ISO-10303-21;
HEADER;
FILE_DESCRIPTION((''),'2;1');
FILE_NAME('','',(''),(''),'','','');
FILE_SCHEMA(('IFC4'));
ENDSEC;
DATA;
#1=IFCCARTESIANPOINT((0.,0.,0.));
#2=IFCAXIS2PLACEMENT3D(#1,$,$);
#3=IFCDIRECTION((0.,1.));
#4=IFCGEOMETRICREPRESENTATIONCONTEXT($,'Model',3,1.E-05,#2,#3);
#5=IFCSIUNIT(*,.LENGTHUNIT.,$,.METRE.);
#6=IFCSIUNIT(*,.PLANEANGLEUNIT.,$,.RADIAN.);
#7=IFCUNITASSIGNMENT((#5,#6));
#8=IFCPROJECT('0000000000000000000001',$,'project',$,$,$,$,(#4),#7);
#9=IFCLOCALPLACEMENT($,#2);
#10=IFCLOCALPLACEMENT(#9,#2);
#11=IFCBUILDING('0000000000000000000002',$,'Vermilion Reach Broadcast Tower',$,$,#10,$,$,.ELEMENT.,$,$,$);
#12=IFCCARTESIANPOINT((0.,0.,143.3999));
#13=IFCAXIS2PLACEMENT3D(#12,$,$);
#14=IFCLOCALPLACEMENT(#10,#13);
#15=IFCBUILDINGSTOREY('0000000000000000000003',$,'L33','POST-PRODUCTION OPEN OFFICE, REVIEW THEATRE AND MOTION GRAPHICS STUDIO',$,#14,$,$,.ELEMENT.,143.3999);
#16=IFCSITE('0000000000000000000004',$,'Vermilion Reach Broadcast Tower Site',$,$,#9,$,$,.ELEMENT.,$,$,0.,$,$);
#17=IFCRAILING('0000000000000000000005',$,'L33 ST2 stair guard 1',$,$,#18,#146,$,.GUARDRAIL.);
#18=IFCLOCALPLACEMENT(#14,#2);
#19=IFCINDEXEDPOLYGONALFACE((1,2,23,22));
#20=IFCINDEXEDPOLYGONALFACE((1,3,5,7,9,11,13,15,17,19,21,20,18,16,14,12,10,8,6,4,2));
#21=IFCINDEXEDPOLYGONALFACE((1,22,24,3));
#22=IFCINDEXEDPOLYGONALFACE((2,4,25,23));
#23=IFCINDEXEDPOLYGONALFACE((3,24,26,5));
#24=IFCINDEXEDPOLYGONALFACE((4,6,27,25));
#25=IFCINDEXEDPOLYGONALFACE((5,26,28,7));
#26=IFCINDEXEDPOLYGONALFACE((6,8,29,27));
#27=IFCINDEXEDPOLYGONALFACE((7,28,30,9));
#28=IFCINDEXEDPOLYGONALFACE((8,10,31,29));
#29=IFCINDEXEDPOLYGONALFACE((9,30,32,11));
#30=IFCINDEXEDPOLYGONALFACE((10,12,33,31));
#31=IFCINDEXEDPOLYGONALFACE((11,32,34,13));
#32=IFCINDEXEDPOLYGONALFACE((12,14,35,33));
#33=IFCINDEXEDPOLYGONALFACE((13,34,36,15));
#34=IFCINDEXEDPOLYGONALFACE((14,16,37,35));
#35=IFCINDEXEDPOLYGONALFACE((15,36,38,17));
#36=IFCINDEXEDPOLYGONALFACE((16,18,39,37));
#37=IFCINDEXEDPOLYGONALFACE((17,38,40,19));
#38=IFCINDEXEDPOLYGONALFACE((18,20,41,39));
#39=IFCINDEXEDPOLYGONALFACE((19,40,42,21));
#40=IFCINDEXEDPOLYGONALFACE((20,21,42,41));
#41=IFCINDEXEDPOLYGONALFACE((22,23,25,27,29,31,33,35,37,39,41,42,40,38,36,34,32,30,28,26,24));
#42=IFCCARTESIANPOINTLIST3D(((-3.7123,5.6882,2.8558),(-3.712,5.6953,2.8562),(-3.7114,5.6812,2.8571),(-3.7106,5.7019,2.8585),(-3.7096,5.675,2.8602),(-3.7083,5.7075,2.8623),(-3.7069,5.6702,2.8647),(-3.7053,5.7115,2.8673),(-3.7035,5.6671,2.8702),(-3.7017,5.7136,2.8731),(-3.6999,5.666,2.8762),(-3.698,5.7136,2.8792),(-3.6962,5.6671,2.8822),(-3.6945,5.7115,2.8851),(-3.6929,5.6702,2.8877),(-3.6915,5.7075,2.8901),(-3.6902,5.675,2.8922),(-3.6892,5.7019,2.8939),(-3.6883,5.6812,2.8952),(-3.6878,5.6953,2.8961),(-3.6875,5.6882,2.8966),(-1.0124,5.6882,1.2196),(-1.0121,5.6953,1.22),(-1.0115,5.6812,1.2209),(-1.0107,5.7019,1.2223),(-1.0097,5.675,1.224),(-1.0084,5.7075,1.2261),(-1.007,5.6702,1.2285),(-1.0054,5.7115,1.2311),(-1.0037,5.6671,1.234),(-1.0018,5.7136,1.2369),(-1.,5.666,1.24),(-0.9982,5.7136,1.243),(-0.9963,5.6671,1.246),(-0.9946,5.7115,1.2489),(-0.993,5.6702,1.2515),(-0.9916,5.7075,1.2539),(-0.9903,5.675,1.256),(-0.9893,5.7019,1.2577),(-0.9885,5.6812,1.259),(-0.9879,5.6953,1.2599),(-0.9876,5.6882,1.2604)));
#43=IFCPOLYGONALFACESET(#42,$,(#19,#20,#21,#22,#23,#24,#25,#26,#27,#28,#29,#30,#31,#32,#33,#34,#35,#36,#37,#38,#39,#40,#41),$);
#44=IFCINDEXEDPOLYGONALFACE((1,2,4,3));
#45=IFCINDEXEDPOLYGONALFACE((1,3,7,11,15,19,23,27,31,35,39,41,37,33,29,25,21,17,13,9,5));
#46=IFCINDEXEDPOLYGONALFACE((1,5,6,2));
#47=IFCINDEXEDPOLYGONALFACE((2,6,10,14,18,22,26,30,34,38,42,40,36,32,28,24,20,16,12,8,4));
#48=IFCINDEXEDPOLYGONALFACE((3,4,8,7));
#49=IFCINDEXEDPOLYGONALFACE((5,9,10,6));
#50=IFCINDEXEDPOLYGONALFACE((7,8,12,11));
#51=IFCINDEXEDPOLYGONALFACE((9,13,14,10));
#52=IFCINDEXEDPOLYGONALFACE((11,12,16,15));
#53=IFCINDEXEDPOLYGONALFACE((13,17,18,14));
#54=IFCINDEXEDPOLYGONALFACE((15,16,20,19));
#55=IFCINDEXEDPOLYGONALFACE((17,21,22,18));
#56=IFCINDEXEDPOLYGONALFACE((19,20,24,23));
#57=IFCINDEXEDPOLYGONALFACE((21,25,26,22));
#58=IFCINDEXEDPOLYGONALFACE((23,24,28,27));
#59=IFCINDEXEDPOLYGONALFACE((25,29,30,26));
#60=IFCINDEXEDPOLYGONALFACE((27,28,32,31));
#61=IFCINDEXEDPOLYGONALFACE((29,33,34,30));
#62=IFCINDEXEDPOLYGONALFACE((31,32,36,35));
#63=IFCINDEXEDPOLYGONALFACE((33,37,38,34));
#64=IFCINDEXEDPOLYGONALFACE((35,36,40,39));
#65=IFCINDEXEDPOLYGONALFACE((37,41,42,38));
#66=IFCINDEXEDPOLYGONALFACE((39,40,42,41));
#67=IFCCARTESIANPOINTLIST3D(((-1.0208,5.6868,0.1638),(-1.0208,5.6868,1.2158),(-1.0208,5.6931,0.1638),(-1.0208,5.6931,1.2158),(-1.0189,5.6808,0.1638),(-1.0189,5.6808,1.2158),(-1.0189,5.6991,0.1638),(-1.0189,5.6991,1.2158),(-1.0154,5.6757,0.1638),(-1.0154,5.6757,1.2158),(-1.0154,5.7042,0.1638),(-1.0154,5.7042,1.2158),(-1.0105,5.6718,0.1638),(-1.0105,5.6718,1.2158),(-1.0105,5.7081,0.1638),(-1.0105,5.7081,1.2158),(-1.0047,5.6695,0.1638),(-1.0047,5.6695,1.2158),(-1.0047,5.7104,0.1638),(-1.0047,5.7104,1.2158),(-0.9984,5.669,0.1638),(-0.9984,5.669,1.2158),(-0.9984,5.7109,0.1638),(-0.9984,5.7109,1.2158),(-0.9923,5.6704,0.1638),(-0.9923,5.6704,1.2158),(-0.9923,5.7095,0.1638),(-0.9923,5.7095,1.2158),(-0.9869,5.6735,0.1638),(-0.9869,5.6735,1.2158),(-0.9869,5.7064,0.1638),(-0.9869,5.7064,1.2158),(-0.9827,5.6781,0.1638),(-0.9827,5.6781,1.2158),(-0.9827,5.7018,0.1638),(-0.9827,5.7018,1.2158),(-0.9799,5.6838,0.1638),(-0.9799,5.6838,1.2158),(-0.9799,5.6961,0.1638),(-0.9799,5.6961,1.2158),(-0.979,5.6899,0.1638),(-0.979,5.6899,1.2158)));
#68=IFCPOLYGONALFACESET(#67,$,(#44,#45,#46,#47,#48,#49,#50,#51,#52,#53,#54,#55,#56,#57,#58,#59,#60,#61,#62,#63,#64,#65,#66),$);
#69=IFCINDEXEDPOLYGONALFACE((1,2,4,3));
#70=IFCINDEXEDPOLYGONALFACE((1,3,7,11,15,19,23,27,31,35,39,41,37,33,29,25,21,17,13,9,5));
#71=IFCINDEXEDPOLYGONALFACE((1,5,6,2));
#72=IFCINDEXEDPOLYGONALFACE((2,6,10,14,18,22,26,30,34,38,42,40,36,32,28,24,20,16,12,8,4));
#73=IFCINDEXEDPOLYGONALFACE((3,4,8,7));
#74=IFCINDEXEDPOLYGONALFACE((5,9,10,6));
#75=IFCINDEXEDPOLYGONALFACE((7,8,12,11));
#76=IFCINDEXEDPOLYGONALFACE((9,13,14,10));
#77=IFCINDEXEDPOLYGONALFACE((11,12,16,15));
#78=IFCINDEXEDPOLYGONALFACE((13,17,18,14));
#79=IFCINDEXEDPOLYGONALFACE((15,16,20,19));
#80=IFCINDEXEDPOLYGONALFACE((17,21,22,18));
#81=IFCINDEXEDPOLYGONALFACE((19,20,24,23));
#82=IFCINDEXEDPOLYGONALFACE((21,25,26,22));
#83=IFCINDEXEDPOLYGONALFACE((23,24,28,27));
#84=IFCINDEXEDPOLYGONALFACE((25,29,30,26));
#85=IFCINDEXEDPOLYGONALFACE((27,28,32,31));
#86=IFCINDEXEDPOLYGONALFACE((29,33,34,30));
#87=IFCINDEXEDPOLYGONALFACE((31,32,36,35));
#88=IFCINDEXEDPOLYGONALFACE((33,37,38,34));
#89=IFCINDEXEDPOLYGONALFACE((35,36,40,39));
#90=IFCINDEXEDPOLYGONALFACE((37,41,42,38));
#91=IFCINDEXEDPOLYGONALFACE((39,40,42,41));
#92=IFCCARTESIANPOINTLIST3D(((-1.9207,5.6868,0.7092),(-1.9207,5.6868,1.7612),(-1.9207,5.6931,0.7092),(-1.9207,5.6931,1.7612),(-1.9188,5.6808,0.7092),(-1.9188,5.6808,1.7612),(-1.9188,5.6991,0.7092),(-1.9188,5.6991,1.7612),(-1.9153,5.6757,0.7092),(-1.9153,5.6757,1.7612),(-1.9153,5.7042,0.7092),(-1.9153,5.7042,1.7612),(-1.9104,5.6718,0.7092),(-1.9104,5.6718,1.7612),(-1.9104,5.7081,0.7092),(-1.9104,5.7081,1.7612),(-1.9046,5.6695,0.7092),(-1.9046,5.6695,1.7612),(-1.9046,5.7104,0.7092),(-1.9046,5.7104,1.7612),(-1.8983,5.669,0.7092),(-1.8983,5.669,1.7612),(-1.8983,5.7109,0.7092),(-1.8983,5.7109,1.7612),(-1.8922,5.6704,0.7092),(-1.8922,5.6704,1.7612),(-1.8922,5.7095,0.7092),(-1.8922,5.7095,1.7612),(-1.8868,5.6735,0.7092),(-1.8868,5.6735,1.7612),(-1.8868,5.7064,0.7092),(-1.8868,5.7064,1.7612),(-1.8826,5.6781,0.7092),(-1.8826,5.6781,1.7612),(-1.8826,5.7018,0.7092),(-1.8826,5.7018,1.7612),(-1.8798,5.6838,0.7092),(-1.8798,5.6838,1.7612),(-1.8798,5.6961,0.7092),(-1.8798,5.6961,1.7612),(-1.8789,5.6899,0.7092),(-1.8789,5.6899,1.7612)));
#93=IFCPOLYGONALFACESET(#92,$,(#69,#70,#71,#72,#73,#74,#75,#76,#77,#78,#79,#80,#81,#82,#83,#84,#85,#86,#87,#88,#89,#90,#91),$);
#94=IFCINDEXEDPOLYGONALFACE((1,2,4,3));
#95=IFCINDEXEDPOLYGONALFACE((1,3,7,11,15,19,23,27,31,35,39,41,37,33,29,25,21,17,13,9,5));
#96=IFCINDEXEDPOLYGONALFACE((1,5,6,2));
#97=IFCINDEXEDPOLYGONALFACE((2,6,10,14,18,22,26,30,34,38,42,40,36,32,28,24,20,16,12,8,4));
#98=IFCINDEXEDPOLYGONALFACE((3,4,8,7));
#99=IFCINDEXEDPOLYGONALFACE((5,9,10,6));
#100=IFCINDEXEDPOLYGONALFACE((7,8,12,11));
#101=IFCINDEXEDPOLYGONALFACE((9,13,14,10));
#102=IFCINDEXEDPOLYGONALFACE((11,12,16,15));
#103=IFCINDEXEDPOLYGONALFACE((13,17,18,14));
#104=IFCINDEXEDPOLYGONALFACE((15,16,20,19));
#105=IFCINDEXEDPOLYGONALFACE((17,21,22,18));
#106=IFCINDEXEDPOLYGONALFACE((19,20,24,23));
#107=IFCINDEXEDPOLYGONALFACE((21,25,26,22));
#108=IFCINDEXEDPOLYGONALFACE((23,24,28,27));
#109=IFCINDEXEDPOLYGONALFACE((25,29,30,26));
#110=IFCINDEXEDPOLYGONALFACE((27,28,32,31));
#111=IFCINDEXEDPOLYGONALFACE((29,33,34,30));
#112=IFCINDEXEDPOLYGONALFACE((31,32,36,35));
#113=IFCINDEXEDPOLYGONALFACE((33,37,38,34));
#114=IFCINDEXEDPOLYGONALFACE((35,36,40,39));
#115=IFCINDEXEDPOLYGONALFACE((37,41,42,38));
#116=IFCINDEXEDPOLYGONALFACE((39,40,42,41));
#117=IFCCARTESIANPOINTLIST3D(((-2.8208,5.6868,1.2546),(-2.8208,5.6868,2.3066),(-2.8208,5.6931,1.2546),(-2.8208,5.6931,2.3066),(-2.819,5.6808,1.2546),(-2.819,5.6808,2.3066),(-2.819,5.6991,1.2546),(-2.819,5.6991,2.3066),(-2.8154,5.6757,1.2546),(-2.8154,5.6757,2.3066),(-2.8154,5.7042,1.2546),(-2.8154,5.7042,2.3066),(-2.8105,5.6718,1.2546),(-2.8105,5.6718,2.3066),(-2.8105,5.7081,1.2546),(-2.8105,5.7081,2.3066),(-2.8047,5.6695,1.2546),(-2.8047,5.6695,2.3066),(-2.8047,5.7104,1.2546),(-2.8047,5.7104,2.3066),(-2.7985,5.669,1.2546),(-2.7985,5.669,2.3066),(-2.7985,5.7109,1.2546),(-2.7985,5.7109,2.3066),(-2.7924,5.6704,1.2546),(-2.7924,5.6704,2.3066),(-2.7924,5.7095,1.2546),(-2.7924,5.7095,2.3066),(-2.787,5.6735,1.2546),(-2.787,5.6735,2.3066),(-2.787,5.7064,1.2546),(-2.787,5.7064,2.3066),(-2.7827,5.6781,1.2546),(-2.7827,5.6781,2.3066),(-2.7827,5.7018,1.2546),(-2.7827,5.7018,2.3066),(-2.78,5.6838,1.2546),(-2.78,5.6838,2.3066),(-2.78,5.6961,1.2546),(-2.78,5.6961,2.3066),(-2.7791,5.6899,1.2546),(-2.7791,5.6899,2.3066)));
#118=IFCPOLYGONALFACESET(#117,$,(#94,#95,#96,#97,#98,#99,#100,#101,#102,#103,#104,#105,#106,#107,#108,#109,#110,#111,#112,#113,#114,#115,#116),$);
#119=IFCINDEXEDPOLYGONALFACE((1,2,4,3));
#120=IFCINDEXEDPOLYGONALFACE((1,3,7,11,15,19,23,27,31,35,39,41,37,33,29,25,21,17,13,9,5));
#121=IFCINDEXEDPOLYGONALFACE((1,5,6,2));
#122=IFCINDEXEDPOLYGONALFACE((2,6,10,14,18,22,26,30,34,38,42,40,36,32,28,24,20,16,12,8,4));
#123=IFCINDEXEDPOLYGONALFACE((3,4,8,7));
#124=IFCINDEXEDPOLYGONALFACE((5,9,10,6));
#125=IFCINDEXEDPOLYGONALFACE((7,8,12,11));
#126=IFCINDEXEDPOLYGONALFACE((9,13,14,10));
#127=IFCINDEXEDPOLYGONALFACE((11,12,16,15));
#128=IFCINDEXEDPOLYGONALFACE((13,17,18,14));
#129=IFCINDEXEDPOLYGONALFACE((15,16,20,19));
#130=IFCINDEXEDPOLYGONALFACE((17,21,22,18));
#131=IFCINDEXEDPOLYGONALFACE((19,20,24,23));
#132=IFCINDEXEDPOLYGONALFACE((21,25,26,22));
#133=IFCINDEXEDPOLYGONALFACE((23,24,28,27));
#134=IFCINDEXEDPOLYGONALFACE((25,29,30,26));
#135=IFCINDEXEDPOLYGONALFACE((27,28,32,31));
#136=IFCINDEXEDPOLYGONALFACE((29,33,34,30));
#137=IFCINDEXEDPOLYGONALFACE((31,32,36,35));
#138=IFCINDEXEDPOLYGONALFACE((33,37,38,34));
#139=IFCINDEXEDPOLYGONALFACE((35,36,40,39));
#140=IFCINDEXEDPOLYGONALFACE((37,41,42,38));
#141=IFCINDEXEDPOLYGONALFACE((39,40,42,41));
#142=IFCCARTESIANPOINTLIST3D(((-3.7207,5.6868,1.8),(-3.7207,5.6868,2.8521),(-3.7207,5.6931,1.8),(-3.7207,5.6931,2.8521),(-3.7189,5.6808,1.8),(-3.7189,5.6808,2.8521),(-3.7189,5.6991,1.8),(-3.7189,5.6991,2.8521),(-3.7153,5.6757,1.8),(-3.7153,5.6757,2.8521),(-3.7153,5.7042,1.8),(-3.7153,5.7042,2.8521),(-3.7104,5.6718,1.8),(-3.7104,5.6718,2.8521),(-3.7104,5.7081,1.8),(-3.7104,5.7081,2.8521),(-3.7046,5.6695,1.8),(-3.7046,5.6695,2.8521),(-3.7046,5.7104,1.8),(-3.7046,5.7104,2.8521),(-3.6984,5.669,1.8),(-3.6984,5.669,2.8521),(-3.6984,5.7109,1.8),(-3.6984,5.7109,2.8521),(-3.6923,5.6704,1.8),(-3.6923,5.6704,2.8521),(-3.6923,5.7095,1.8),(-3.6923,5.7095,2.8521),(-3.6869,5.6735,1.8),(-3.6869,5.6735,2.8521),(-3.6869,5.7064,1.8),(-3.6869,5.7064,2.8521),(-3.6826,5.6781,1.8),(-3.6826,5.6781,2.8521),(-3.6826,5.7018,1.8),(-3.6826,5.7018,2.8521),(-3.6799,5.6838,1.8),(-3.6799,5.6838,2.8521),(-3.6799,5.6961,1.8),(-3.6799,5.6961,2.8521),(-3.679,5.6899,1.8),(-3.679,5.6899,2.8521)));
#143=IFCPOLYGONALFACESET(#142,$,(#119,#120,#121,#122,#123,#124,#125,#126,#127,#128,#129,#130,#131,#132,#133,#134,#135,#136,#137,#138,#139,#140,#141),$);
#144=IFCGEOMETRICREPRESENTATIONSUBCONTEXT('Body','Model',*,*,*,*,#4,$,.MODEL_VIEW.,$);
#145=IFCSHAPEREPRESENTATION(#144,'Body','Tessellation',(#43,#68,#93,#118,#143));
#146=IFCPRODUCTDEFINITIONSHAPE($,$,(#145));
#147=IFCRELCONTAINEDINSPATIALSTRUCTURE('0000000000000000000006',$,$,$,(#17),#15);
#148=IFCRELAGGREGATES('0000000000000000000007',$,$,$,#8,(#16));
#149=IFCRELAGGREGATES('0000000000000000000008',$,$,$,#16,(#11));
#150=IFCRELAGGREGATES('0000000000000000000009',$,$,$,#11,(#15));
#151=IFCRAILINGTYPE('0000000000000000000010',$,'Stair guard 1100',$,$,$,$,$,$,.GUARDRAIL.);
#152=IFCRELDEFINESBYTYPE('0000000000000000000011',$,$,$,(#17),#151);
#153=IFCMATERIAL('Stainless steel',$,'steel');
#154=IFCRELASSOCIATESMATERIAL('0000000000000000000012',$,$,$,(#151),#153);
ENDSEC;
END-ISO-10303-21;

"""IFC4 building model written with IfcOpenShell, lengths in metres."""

from ifc_helpers import new_model, si_unit, direction, frame, origin, origin_2d, place, context, subcontext, project, spatial, circle, extrude, material, type_object, element, save


model = new_model("IFC4")

# Units and contexts
model_context = context("Model", 3, precision=1e-05, world=origin(), true_north=direction((0.0, 1.0)))
body_context = subcontext(model_context, "Body", "Model", "MODEL_VIEW")
ifc_project = project(units=[si_unit("LENGTHUNIT", "METRE"), si_unit("PLANEANGLEUNIT", "RADIAN")], contexts=[model_context])

# Site, building, storey
site_placement = place(None, origin())
site = spatial("IfcSite", under=ifc_project, at=site_placement, Name="Vermilion Reach Broadcast Tower Site", CompositionType="ELEMENT", RefElevation=0.0)
building_placement = place(site_placement, origin())
building = spatial("IfcBuilding", under=site, at=building_placement, Name="Vermilion Reach Broadcast Tower", CompositionType="ELEMENT")
storey_placement = place(building_placement, frame((0.0, 0.0, 143.3999)))
storey = spatial("IfcBuildingStorey", under=building, at=storey_placement, Name="L33", Description="POST-PRODUCTION OPEN OFFICE, REVIEW THEATRE AND MOTION GRAPHICS STUDIO", CompositionType="ELEMENT", Elevation=143.3999)

# Railing
ifc_material_1 = material(Name="Stainless steel", Category="steel")
railing_type_1 = type_object("IfcRailingType", Name="Stair guard 1100", PredefinedType="GUARDRAIL", material=ifc_material_1)
railing_1_placement = place(storey_placement, frame((-1.0, 5.6899, 0.1638)))
element("IfcRailing", 1, at=railing_1_placement, inside=storey, type_object=railing_type_1, Name="L33 ST2 stair guard 1", PredefinedType="GUARDRAIL", context=body_context, shape_type="SweptSolid", body=[
    extrude(circle(Radius=0.0239, at=origin_2d()), frame((0.0, 0.0, 1.0762), z_axis=(-0.855212, 0.0, 0.518278), x_axis=(0.0, -1.0, 0.0)), (0.0, 0.0, 1.0), 3.157),
    extrude(circle(Radius=0.021, at=origin_2d()), origin(), (0.0, 0.0, 1.0), 1.052),
    extrude(circle(Radius=0.021, at=origin_2d()), frame((-0.8999, 0.0, 0.5454)), (0.0, 0.0, 1.0), 1.052),
    extrude(circle(Radius=0.021, at=origin_2d()), frame((-1.8, 0.0, 1.0908)), (0.0, 0.0, 1.0), 1.052),
    extrude(circle(Radius=0.021, at=origin_2d()), frame((-2.7, 0.0, 1.6362)), (0.0, 0.0, 1.0), 1.052),
])

save(model, "model.ifc")
